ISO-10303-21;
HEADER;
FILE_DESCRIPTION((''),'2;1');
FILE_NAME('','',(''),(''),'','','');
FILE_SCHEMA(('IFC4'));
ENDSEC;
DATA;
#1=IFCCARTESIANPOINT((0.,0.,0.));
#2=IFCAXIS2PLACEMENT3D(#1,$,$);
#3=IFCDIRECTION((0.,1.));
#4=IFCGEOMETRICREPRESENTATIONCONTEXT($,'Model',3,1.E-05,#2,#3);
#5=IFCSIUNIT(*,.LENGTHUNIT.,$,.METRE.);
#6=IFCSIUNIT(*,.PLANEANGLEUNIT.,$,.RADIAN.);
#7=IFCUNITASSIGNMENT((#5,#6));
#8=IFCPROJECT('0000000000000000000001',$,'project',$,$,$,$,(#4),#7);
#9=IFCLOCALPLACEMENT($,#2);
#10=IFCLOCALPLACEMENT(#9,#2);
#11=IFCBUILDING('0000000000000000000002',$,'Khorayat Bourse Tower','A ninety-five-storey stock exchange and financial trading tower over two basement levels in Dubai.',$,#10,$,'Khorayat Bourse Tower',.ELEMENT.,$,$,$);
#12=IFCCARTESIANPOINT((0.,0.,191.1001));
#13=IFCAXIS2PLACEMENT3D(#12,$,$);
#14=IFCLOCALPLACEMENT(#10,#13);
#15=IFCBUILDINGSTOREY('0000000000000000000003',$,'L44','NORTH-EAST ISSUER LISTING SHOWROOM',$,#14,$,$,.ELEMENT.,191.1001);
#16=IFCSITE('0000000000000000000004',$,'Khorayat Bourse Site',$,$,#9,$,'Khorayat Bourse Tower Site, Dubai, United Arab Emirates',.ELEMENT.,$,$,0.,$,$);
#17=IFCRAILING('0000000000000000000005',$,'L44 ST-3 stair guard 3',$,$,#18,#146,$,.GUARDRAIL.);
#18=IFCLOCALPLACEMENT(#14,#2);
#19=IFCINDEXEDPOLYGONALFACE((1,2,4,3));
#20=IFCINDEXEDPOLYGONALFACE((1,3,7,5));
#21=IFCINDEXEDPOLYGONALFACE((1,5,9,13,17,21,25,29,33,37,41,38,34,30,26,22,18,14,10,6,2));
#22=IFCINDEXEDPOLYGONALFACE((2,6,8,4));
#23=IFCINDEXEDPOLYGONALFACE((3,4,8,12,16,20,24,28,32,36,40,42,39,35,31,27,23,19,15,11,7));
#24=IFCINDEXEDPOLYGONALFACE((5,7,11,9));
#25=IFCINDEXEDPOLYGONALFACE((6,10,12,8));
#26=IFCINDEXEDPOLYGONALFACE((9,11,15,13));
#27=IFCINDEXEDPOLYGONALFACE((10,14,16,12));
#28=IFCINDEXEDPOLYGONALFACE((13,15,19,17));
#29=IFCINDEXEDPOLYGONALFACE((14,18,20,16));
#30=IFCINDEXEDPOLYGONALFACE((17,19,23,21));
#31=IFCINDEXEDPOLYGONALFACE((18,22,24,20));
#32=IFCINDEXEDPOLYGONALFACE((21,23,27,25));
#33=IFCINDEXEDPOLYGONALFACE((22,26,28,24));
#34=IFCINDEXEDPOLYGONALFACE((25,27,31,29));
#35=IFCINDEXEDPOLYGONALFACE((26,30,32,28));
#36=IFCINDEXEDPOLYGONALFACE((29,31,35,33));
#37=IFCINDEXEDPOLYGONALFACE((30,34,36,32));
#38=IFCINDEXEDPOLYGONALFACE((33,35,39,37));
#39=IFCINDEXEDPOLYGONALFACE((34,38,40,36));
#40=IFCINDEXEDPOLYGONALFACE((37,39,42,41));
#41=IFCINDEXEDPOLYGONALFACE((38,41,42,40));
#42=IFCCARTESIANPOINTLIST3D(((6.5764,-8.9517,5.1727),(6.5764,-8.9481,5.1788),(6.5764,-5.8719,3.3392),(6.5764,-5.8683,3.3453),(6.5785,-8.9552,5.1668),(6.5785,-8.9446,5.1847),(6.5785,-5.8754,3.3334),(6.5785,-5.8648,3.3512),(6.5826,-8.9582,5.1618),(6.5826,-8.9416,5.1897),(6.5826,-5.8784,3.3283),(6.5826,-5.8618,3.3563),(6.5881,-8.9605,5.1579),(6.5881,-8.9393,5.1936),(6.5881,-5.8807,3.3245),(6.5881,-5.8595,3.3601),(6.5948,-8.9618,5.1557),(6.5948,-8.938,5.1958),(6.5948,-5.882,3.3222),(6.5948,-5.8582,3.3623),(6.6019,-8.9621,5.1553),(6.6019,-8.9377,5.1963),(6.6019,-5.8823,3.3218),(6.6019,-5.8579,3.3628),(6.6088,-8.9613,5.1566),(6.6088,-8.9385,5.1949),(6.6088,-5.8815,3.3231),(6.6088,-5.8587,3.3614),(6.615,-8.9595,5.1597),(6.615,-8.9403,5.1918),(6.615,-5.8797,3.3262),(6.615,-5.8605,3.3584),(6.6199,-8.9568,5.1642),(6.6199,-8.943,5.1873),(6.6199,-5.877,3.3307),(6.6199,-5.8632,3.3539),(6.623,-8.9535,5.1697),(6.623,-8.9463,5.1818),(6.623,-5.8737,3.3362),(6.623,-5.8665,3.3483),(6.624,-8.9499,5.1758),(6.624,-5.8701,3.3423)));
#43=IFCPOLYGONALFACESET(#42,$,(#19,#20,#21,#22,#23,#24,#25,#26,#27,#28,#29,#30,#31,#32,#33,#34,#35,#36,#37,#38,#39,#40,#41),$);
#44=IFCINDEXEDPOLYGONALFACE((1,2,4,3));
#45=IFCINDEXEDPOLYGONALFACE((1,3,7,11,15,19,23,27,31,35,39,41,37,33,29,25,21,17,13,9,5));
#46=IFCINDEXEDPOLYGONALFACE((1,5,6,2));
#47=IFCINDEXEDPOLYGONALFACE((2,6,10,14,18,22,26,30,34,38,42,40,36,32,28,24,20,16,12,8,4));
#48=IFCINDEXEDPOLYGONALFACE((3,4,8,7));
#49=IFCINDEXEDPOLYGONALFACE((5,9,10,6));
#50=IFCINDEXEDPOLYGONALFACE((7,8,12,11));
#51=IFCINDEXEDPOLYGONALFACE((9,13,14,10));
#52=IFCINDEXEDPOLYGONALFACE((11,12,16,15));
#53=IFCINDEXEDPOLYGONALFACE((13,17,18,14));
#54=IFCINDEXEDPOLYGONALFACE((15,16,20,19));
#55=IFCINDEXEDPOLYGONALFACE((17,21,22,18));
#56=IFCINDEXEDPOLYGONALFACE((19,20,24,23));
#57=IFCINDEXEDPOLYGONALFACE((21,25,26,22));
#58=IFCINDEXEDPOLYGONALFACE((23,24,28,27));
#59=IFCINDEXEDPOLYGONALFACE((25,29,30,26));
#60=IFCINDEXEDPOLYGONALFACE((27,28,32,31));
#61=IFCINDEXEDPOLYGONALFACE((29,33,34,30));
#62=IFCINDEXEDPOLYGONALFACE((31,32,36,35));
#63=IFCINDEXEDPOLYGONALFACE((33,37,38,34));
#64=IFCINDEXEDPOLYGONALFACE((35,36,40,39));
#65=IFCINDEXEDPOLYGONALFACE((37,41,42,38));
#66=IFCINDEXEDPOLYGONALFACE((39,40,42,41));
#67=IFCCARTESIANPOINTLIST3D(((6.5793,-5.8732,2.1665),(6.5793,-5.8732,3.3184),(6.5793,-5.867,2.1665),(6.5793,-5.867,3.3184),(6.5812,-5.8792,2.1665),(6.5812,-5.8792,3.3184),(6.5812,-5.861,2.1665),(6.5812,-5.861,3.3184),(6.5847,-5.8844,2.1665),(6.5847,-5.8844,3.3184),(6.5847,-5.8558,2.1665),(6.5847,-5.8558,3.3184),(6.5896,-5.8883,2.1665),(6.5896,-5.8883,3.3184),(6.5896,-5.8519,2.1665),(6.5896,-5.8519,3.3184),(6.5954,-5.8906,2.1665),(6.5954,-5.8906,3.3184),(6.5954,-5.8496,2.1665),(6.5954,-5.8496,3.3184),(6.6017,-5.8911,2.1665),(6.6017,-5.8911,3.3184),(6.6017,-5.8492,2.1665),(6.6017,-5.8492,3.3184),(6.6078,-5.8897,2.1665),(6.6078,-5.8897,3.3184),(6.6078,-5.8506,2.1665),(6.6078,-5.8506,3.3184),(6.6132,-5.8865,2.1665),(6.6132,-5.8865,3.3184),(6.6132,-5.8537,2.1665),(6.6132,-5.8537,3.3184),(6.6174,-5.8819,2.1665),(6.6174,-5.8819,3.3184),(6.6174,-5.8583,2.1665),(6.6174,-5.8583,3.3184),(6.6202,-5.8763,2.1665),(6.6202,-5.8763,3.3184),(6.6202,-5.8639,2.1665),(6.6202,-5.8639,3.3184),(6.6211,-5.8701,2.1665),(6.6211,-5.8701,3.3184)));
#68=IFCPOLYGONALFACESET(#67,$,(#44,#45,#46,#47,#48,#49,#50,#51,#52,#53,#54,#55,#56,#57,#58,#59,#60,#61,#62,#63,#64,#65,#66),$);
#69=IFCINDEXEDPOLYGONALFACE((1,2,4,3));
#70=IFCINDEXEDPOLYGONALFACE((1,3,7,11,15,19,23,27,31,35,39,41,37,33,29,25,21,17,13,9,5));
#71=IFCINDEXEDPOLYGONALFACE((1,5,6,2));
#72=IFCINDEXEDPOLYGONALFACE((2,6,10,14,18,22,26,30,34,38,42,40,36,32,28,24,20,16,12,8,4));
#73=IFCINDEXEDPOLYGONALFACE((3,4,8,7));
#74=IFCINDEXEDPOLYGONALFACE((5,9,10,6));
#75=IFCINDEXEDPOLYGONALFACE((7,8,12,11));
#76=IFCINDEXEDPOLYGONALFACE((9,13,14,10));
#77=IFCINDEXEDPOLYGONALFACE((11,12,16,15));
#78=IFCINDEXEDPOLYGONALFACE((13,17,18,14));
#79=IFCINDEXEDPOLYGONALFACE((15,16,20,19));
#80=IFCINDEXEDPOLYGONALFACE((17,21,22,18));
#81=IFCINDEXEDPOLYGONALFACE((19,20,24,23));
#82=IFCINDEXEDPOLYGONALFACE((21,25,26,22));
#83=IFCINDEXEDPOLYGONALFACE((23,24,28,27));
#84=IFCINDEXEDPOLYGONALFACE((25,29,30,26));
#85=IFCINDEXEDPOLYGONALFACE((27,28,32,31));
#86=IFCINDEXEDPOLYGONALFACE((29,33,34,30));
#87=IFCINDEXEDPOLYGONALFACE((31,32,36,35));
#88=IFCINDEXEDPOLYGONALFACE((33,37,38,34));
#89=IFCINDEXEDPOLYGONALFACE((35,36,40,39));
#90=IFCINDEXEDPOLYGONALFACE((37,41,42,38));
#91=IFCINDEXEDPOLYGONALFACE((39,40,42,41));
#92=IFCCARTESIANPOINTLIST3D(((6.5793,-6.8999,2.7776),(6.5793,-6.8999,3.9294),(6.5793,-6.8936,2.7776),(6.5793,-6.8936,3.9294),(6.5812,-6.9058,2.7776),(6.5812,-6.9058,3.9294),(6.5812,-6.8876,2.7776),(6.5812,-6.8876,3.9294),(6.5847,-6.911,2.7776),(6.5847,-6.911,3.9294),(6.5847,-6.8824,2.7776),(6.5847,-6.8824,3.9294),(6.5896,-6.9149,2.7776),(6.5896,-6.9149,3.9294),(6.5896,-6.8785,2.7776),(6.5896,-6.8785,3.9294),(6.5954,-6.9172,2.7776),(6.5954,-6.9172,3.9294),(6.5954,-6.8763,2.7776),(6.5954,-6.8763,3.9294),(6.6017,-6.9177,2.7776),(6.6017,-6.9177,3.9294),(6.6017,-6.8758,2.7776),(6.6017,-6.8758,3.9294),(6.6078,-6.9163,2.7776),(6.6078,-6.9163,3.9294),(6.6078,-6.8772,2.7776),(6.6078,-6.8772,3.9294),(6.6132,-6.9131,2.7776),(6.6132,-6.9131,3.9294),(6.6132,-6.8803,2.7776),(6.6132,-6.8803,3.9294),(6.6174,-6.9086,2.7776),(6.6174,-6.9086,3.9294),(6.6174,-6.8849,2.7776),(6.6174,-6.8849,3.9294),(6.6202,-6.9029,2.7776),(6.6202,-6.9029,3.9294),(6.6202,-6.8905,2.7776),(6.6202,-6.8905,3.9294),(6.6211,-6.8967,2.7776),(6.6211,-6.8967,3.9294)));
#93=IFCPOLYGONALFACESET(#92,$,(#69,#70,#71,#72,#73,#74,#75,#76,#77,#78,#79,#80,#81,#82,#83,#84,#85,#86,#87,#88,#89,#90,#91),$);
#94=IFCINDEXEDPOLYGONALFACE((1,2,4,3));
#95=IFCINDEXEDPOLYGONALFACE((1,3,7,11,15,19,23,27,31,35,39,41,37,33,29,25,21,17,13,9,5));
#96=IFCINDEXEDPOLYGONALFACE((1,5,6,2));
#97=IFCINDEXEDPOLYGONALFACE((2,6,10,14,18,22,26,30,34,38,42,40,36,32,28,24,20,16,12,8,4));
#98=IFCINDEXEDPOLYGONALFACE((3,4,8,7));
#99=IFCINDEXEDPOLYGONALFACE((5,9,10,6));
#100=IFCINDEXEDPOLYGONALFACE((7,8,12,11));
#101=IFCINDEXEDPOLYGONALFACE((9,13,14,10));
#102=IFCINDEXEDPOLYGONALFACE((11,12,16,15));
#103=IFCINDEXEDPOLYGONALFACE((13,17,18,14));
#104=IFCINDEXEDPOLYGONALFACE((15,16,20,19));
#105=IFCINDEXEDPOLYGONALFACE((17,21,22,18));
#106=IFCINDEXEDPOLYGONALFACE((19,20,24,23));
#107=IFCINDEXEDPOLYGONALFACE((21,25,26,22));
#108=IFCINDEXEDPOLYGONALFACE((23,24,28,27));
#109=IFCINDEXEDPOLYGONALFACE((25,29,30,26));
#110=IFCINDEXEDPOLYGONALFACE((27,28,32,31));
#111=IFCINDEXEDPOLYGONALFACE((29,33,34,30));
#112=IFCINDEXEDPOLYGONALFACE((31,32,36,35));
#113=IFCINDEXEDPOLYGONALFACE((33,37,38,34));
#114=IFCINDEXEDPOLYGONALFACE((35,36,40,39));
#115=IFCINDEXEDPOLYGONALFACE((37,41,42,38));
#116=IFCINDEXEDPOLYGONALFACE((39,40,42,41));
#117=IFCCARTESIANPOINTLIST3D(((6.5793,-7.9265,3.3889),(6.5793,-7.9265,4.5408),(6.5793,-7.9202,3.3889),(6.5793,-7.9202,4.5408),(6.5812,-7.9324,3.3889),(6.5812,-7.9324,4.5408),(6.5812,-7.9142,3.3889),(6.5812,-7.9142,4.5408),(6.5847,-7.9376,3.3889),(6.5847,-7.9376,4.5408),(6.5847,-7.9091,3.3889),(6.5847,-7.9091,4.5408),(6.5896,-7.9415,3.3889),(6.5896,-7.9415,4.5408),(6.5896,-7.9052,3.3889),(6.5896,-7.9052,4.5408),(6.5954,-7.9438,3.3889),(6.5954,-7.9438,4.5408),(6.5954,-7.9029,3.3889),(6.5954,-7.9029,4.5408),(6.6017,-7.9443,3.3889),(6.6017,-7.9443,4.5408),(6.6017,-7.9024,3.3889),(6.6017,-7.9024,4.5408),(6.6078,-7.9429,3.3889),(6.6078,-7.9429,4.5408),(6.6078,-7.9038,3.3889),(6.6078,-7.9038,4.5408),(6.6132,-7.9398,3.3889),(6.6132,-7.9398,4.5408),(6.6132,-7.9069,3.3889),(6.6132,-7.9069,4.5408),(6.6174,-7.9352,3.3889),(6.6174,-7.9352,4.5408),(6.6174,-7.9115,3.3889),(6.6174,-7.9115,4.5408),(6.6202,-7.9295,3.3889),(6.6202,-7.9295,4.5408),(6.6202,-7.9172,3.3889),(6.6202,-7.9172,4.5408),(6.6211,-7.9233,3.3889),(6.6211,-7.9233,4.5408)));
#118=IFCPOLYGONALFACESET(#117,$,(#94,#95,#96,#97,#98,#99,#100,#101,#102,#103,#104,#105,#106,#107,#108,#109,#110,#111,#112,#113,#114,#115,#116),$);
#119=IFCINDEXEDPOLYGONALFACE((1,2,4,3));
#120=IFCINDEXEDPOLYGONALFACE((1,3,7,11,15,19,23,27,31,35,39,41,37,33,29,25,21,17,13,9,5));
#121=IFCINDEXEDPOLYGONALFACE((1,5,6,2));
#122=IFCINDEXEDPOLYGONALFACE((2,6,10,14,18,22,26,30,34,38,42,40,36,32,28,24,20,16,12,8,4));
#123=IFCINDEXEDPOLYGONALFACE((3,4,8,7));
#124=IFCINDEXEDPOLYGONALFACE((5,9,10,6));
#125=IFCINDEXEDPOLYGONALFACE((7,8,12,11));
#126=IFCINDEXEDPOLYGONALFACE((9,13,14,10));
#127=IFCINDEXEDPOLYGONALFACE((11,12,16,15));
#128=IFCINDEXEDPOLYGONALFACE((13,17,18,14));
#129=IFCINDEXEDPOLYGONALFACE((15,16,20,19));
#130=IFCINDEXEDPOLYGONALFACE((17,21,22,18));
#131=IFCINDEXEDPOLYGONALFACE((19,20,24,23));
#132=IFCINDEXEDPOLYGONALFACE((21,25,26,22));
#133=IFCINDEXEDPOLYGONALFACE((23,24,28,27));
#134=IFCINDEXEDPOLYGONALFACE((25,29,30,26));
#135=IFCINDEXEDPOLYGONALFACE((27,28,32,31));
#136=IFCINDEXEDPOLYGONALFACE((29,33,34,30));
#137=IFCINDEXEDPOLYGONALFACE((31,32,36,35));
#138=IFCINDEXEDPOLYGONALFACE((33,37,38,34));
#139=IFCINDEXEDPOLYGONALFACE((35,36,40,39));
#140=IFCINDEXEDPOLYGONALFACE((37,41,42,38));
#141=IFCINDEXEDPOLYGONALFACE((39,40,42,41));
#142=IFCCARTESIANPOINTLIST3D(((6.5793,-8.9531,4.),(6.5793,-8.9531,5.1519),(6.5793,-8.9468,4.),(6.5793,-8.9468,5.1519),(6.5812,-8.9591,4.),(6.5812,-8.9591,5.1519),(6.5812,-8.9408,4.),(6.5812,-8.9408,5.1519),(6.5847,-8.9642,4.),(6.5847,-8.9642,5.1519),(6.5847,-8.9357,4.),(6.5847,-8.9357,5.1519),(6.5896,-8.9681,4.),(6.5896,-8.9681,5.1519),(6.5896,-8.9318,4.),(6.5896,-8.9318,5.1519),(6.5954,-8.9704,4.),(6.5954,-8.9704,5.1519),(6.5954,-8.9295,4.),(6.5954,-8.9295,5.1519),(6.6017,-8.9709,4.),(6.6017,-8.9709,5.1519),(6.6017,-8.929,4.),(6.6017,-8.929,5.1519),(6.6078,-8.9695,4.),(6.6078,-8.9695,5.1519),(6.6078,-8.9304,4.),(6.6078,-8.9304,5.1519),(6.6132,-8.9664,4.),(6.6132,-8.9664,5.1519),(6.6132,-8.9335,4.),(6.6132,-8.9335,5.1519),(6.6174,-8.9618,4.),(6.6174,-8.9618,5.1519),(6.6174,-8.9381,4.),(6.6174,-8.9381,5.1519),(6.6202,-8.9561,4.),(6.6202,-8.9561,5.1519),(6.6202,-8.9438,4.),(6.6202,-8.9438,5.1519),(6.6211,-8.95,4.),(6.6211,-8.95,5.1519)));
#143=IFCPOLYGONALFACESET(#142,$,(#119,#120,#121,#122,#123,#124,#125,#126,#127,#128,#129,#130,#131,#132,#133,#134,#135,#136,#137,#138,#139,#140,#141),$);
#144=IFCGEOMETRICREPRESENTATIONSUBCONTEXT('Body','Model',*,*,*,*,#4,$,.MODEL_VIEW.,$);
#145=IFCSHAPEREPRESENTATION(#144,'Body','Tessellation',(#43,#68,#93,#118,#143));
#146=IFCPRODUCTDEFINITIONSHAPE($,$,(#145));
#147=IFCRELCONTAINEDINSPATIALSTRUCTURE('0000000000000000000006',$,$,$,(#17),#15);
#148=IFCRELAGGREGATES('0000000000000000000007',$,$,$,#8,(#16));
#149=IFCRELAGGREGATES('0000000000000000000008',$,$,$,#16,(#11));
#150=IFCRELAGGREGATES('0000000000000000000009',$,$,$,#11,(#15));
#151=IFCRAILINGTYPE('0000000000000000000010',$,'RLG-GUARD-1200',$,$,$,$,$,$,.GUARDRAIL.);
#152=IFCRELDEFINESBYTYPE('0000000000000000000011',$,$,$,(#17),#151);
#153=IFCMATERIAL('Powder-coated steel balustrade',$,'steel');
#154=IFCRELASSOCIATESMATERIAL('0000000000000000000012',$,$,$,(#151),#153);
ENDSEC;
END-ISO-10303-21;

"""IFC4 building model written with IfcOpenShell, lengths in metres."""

from ifc_helpers import new_model, si_unit, direction, frame, origin, origin_2d, place, context, subcontext, project, spatial, circle, extrude, source, transform, mapped, material, type_object, element, save


model = new_model("IFC4")

# Units and contexts
model_context = context("Model", 3, precision=1e-05, world=origin(), true_north=direction((0.0, 1.0)))
body_context = subcontext(model_context, "Body", "Model", "MODEL_VIEW")
ifc_project = project(units=[si_unit("LENGTHUNIT", "METRE"), si_unit("PLANEANGLEUNIT", "RADIAN")], contexts=[model_context])

# Site, building, storey
site_placement = place(None, origin())
site = spatial("IfcSite", under=ifc_project, at=site_placement, Name="Khorayat Bourse Site", LongName="Khorayat Bourse Tower Site, Dubai, United Arab Emirates", CompositionType="ELEMENT", RefElevation=0.0)
building_placement = place(site_placement, origin())
building = spatial("IfcBuilding", under=site, at=building_placement, Name="Khorayat Bourse Tower", Description="A ninety-five-storey stock exchange and financial trading tower over two basement levels in Dubai.", LongName="Khorayat Bourse Tower", CompositionType="ELEMENT")
storey_placement = place(building_placement, frame((0.0, 0.0, 191.1001)))
storey = spatial("IfcBuildingStorey", under=building, at=storey_placement, Name="L44", Description="NORTH-EAST ISSUER LISTING SHOWROOM", CompositionType="ELEMENT", Elevation=191.1001)

# Railing
ifc_material_1 = material(Name="Powder-coated steel balustrade", Category="steel")
railing_type_1 = type_object("IfcRailingType", Name="RLG-GUARD-1200", PredefinedType="GUARDRAIL", material=ifc_material_1)
shared_shape_1 = source(origin(), body_context, "Body", "SweptSolid", [
    extrude(circle(Radius=0.0239, at=origin_2d()), frame((0.0, 0.0, 1.1758), z_axis=(0.0, -0.859261, 0.511538), x_axis=(1.0, 0.0, 0.0)), (0.0, 0.0, 1.0), 3.5842),
    extrude(circle(Radius=0.021, at=origin_2d()), origin(), (0.0, 0.0, 1.0), 1.1519),
    extrude(circle(Radius=0.021, at=origin_2d()), frame((0.0, -1.0266, 0.6111)), (0.0, 0.0, 1.0), 1.1519),
    extrude(circle(Radius=0.021, at=origin_2d()), frame((0.0, -2.0532, 1.2224)), (0.0, 0.0, 1.0), 1.1519),
    extrude(circle(Radius=0.021, at=origin_2d()), frame((0.0, -3.0798, 1.8335)), (0.0, 0.0, 1.0), 1.1519),
])
railing_1_placement = place(storey_placement, frame((6.6001, -5.8701, 2.1665)))
element("IfcRailing", 1, at=railing_1_placement, inside=storey, type_object=railing_type_1, Name="L44 ST-3 stair guard 3", PredefinedType="GUARDRAIL", context=body_context, shape_type="MappedRepresentation", body=[
    mapped(shared_shape_1, transform((0.0, 0.0, 0.0), scale=1.0)),
])

save(model, "model.ifc")
